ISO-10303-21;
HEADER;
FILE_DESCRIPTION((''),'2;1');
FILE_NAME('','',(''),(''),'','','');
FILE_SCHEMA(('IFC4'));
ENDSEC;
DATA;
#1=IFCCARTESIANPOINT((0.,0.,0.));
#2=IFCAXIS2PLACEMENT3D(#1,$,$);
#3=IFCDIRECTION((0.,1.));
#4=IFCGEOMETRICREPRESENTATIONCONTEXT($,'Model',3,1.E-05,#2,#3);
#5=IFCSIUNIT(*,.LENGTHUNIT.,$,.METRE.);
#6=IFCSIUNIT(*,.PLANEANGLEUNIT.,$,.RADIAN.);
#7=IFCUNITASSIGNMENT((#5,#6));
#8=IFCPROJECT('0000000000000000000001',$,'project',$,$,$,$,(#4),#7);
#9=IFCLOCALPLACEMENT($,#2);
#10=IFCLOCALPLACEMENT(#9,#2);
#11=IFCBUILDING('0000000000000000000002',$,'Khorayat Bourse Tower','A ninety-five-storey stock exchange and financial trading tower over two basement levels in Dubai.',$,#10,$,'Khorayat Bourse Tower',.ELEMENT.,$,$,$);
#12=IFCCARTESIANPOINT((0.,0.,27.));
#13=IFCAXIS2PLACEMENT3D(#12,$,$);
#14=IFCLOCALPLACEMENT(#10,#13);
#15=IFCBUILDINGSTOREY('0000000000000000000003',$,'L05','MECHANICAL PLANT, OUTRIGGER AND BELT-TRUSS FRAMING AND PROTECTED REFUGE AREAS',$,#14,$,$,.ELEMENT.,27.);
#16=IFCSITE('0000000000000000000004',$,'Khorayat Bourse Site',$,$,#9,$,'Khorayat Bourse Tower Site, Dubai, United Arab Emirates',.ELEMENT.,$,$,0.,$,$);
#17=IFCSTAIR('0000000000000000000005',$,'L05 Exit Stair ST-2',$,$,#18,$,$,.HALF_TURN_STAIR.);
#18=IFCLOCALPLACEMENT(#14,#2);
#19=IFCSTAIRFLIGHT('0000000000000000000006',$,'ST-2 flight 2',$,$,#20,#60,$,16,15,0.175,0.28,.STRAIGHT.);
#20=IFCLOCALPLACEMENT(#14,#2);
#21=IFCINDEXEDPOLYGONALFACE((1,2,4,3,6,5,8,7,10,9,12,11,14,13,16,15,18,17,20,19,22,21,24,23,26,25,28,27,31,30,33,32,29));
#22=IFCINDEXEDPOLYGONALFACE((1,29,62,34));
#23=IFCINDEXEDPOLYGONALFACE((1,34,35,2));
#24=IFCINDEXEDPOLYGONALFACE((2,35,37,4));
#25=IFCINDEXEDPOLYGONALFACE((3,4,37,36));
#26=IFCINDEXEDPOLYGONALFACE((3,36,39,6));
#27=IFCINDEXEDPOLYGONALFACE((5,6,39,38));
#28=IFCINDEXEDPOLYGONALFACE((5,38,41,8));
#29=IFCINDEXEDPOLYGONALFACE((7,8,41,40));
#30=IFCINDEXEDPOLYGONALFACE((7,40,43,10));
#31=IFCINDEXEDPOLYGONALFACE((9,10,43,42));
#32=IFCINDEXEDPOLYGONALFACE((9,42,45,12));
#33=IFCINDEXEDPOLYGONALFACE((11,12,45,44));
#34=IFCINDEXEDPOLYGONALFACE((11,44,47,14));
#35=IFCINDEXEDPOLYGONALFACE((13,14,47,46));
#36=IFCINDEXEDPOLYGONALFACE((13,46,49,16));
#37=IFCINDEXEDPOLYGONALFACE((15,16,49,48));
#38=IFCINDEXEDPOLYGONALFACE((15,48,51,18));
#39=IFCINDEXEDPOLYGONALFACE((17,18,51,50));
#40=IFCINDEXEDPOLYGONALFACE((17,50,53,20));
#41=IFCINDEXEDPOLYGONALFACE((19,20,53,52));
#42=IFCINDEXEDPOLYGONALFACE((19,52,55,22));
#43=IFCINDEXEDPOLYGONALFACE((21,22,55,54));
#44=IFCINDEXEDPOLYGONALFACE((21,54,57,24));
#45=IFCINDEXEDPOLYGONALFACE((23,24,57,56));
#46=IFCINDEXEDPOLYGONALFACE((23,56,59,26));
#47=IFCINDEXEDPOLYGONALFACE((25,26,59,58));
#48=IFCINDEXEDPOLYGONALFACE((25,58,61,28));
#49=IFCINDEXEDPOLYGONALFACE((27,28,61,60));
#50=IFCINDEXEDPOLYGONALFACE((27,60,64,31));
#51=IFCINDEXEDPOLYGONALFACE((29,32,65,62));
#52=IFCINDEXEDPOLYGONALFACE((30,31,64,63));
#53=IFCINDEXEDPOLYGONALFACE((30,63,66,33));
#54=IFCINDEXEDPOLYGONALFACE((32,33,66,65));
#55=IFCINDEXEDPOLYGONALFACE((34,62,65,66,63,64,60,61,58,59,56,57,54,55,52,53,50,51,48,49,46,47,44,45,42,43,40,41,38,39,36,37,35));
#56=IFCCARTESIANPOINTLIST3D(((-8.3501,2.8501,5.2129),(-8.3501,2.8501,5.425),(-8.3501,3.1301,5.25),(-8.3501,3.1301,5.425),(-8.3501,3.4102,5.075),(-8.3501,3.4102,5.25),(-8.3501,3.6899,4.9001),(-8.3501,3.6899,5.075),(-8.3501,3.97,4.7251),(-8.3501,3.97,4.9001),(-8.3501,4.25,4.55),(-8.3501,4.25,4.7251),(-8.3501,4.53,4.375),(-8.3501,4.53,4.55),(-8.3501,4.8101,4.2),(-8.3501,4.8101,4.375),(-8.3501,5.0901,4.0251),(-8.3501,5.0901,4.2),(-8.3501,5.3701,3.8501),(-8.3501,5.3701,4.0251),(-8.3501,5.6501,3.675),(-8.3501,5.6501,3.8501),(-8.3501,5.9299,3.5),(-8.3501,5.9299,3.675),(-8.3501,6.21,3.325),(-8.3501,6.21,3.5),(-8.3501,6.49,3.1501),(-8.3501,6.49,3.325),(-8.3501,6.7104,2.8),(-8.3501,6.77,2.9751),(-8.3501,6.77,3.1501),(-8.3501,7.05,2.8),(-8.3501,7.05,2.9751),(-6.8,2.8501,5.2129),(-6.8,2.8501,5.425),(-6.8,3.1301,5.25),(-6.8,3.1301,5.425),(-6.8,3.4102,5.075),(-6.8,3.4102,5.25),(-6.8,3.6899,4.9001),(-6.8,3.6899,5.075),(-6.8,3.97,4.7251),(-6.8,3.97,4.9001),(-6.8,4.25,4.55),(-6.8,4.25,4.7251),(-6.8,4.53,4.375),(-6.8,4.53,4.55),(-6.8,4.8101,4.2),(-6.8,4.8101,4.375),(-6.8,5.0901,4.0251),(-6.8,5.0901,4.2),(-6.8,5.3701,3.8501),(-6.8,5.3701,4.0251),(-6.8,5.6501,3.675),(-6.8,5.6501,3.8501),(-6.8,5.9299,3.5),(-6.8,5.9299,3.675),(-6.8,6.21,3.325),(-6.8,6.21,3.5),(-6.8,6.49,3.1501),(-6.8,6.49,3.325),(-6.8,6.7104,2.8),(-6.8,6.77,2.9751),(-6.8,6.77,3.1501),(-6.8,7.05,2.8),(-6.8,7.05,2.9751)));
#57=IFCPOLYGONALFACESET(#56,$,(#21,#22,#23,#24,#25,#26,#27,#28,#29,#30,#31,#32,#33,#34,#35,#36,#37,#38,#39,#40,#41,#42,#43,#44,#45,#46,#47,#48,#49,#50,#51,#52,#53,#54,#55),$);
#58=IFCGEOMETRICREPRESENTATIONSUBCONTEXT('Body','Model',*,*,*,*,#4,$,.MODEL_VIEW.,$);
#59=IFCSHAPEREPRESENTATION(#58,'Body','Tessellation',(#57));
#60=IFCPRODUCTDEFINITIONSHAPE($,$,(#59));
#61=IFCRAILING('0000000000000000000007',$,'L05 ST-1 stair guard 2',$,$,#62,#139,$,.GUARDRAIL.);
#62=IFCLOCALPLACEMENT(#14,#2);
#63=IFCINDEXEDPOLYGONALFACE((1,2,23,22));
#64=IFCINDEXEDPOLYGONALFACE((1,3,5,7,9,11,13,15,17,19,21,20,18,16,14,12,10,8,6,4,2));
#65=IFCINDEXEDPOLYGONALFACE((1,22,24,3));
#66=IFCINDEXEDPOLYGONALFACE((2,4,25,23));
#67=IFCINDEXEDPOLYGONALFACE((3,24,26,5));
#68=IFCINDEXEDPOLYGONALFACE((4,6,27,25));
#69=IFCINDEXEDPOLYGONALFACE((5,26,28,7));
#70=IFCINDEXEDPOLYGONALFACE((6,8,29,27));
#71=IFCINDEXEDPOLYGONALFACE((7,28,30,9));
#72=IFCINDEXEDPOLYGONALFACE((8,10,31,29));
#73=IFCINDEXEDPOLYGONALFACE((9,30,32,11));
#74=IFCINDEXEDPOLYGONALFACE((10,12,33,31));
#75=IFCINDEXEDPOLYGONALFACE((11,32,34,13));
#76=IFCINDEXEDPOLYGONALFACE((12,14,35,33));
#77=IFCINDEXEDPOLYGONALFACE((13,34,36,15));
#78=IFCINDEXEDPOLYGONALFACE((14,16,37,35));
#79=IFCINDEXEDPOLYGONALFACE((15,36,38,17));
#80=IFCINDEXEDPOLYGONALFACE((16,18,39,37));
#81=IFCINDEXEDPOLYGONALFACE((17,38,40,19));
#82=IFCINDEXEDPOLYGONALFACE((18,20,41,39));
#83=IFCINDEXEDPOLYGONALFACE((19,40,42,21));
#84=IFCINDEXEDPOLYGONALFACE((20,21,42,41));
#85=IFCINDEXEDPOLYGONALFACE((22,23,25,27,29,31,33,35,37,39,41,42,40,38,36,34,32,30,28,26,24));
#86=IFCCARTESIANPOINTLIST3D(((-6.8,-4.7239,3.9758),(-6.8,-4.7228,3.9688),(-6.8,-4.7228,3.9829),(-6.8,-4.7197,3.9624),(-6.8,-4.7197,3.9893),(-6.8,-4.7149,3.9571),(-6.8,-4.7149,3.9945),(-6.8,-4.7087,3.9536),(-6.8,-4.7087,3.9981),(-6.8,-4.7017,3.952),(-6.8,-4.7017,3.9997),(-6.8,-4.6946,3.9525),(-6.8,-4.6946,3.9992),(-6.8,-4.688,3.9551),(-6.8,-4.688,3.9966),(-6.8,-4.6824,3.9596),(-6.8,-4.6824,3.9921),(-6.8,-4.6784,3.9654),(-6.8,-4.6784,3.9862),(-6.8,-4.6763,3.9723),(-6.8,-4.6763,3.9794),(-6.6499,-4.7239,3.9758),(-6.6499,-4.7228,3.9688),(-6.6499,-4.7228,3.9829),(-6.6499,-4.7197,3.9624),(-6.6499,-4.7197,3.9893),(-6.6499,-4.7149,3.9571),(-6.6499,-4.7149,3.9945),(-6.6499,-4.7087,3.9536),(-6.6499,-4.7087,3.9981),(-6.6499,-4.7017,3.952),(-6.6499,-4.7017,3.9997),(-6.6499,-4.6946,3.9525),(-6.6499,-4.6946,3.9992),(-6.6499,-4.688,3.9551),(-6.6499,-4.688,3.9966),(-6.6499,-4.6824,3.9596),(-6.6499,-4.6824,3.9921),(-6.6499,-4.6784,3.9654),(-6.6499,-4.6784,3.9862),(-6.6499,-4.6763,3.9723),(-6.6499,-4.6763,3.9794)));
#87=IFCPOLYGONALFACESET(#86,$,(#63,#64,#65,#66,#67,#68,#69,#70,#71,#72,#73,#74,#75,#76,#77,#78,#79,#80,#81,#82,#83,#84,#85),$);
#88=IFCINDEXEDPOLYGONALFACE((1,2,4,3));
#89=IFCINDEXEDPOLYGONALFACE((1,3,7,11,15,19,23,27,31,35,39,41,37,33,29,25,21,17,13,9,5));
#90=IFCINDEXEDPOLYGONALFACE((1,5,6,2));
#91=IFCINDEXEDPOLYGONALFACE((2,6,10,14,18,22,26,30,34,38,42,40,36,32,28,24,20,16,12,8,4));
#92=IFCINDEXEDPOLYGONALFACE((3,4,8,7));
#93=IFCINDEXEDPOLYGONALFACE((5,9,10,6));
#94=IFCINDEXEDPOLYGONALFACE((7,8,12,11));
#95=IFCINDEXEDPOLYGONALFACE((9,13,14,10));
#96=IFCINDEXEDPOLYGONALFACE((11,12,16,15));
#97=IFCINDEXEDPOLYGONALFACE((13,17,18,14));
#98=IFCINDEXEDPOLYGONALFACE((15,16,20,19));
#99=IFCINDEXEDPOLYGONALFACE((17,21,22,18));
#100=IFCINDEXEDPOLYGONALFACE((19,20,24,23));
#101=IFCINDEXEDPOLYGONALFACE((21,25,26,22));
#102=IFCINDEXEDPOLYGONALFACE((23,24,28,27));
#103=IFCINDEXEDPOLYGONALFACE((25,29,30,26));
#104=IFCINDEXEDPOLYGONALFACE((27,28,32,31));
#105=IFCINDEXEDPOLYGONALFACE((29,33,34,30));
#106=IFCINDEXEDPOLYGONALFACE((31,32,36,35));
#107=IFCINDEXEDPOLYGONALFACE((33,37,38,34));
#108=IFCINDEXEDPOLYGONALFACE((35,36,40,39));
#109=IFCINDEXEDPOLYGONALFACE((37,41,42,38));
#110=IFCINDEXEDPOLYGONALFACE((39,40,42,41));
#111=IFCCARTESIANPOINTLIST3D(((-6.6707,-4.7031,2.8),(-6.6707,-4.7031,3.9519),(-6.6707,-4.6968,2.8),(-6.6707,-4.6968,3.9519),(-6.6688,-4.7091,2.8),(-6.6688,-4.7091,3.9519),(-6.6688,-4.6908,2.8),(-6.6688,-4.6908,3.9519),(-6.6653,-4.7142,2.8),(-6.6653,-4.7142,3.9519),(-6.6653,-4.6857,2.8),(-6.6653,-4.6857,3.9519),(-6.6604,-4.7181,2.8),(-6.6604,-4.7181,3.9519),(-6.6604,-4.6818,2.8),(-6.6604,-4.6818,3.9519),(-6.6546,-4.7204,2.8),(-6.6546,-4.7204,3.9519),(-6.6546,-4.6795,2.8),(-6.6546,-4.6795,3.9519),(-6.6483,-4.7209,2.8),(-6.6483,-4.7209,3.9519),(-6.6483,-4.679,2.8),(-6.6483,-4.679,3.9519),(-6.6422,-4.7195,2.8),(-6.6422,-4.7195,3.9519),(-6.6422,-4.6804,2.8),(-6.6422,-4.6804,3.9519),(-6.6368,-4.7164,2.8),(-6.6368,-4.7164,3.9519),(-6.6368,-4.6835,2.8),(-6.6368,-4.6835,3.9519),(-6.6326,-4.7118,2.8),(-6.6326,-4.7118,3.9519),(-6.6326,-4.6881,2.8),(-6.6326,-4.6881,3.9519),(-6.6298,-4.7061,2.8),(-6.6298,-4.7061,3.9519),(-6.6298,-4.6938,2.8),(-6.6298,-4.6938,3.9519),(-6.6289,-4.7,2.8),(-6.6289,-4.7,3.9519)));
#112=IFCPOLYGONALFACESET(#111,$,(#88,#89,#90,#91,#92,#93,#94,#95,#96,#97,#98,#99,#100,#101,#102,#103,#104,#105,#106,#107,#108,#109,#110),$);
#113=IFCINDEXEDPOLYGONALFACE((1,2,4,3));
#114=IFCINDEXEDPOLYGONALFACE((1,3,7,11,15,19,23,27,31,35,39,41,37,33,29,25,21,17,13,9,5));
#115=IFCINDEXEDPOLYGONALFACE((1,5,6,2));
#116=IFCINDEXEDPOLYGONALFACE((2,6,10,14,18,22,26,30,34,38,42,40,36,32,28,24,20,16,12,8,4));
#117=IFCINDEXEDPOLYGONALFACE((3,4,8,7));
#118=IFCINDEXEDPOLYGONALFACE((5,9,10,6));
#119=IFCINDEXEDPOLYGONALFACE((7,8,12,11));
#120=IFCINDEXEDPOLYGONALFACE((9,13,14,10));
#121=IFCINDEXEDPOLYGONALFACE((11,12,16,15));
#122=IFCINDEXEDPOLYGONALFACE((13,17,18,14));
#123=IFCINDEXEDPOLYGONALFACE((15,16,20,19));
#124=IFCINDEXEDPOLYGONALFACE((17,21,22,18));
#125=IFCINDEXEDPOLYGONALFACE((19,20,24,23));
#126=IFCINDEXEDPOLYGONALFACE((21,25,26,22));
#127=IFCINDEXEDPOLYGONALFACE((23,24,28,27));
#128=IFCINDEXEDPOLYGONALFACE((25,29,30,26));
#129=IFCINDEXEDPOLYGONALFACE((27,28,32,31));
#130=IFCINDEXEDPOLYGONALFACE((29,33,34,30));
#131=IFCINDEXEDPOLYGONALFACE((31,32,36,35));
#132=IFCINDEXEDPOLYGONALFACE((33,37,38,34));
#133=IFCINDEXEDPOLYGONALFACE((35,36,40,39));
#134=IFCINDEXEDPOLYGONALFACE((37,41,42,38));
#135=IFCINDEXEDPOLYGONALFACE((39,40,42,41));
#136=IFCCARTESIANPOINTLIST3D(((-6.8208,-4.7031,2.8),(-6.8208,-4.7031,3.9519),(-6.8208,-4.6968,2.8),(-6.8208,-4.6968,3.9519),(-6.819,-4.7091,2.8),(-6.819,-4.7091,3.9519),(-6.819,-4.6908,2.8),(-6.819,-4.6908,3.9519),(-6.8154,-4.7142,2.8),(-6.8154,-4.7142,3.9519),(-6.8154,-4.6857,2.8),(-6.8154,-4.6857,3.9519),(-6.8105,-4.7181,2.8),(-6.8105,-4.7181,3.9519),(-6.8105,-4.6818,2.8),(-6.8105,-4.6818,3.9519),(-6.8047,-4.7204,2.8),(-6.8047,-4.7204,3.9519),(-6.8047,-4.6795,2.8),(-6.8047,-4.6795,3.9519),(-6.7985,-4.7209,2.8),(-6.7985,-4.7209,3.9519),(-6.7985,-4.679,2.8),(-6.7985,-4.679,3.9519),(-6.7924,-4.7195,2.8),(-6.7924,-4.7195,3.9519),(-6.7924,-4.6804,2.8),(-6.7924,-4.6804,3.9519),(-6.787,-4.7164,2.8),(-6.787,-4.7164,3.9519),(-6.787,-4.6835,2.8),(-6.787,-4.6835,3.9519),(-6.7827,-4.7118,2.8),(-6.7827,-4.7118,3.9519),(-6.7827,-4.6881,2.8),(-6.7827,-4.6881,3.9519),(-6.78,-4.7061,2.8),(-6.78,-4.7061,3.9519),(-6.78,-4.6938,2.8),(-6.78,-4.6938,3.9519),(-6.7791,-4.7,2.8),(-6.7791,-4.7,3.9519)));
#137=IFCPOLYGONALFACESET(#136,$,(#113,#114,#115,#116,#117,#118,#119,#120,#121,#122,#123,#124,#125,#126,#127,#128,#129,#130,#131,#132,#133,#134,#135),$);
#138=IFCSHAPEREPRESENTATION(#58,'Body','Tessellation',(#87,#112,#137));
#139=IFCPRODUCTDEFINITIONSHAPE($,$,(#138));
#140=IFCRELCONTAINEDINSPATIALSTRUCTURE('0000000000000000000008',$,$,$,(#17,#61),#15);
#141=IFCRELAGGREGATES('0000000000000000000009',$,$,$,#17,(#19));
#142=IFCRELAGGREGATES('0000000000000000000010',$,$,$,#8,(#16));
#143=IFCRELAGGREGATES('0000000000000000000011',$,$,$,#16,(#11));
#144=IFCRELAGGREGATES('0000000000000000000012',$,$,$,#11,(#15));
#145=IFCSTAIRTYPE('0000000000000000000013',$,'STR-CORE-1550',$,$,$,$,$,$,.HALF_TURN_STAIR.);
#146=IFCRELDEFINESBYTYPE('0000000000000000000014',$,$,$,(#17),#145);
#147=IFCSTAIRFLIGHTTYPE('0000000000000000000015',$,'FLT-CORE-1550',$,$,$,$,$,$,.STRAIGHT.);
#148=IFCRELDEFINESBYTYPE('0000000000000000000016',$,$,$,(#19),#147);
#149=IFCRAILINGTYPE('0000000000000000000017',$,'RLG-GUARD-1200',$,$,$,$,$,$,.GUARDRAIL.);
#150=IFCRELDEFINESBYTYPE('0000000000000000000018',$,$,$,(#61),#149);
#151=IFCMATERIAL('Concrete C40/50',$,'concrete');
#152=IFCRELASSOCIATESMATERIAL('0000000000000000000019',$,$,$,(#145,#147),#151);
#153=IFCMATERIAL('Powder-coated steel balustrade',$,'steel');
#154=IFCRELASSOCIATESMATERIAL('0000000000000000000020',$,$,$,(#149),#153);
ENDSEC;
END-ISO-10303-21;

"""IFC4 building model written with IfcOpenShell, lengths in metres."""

from ifc_helpers import new_model, si_unit, direction, frame, origin, origin_2d, place, context, subcontext, project, spatial, polyline, circle, outline, extrude, source, transform, mapped, material, type_object, element, aggregate, save


model = new_model("IFC4")

# Units and contexts
model_context = context("Model", 3, precision=1e-05, world=origin(), true_north=direction((0.0, 1.0)))
body_context = subcontext(model_context, "Body", "Model", "MODEL_VIEW")
ifc_project = project(units=[si_unit("LENGTHUNIT", "METRE"), si_unit("PLANEANGLEUNIT", "RADIAN")], contexts=[model_context])

# Site, building, storey
site_placement = place(None, origin())
site = spatial("IfcSite", under=ifc_project, at=site_placement, Name="Khorayat Bourse Site", LongName="Khorayat Bourse Tower Site, Dubai, United Arab Emirates", CompositionType="ELEMENT", RefElevation=0.0)
building_placement = place(site_placement, origin())
building = spatial("IfcBuilding", under=site, at=building_placement, Name="Khorayat Bourse Tower", Description="A ninety-five-storey stock exchange and financial trading tower over two basement levels in Dubai.", LongName="Khorayat Bourse Tower", CompositionType="ELEMENT")
storey_placement = place(building_placement, frame((0.0, 0.0, 27.0)))
storey = spatial("IfcBuildingStorey", under=building, at=storey_placement, Name="L05", Description="MECHANICAL PLANT, OUTRIGGER AND BELT-TRUSS FRAMING AND PROTECTED REFUGE AREAS", CompositionType="ELEMENT", Elevation=27.0)

# Shared definitions
ifc_material_1 = material(Name="Concrete C40/50", Category="concrete")
stair_type = type_object("IfcStairType", Name="STR-CORE-1550", PredefinedType="HALF_TURN_STAIR", material=ifc_material_1)
stair_flight_type = type_object("IfcStairFlightType", Name="FLT-CORE-1550", PredefinedType="STRAIGHT", material=ifc_material_1)
shared_shape_1 = source(origin(), body_context, "Body", "SweptSolid", [
    extrude(outline(polyline([(0.0, 0.0), (0.0, 0.175), (0.28, 0.175), (0.28, 0.3501), (0.5601, 0.3501), (0.5601, 0.5249), (0.8401, 0.5249), (0.8401, 0.7), (1.1201, 0.7), (1.1201, 0.875), (1.3999, 0.875), (1.3999, 1.05), (1.6799, 1.05), (1.6799, 1.2251), (1.96, 1.2251), (1.96, 1.3999), (2.24, 1.3999), (2.24, 1.575), (2.52, 1.575), (2.52, 1.75), (2.8, 1.75), (2.8, 1.925), (3.0801, 1.925), (3.0801, 2.1001), (3.3601, 2.1001), (3.3601, 2.2749), (3.6399, 2.2749), (3.6399, 2.45), (3.9199, 2.45), (3.9199, 2.625), (4.2, 2.625), (4.2, 2.8), (4.2, 2.4128), (0.3396, 0.0), (0.0, 0.0)])), frame((0.0, 0.7749, 0.0), z_axis=(0.0, -1.0, 0.0), x_axis=(1.0, 0.0, 0.0)), (0.0, 0.0, 1.0), 1.55),
])

# Stair, stair flight
stair_1_placement = place(storey_placement, origin())
stair_1 = element("IfcStair", 1, at=stair_1_placement, inside=storey, type_object=stair_type, Name="L05 Exit Stair ST-2", PredefinedType="HALF_TURN_STAIR")
stair_flight_1_placement = place(storey_placement, frame((-7.575, 7.05, 2.8), z_axis=(0.0, 0.0, 1.0), x_axis=(0.0, -1.0, 0.0)))
stair_flight_1 = element("IfcStairFlight", 2, at=stair_flight_1_placement, type_object=stair_flight_type, Name="ST-2 flight 2", NumberOfRisers=16, NumberOfTreads=15, PredefinedType="STRAIGHT", RiserHeight=0.175, TreadLength=0.28, context=body_context, shape_type="MappedRepresentation", body=[
    mapped(shared_shape_1, transform((0.0, 0.0, 0.0), scale=1.0)),
])
aggregate(stair_1, [stair_flight_1])

# Railing
ifc_material_2 = material(Name="Powder-coated steel balustrade", Category="steel")
railing_type_1 = type_object("IfcRailingType", Name="RLG-GUARD-1200", PredefinedType="GUARDRAIL", material=ifc_material_2)
shared_shape_2 = source(origin(), body_context, "Body", "SweptSolid", [
    extrude(circle(Radius=0.0239, at=origin_2d()), frame((0.0, 0.0, 1.1758), z_axis=(-1.0, 0.0, 0.0), x_axis=(0.0, -1.0, 0.0)), (0.0, 0.0, 1.0), 0.1501),
    extrude(circle(Radius=0.021, at=origin_2d()), origin(), (0.0, 0.0, 1.0), 1.1519),
    extrude(circle(Radius=0.021, at=origin_2d()), frame((-0.1501, 0.0, 0.0)), (0.0, 0.0, 1.0), 1.1519),
])
for number, where, name in (
    (3, (-6.6499, -4.7, 2.8), "L05 ST-1 stair guard 2"),
):
    element("IfcRailing", number, at=place(storey_placement, frame(where)), inside=storey, type_object=railing_type_1, Name=name, PredefinedType="GUARDRAIL", context=body_context, shape_type="MappedRepresentation", body=[
        mapped(shared_shape_2, transform((0.0, 0.0, 0.0), scale=1.0)),
    ])

save(model, "model.ifc")
